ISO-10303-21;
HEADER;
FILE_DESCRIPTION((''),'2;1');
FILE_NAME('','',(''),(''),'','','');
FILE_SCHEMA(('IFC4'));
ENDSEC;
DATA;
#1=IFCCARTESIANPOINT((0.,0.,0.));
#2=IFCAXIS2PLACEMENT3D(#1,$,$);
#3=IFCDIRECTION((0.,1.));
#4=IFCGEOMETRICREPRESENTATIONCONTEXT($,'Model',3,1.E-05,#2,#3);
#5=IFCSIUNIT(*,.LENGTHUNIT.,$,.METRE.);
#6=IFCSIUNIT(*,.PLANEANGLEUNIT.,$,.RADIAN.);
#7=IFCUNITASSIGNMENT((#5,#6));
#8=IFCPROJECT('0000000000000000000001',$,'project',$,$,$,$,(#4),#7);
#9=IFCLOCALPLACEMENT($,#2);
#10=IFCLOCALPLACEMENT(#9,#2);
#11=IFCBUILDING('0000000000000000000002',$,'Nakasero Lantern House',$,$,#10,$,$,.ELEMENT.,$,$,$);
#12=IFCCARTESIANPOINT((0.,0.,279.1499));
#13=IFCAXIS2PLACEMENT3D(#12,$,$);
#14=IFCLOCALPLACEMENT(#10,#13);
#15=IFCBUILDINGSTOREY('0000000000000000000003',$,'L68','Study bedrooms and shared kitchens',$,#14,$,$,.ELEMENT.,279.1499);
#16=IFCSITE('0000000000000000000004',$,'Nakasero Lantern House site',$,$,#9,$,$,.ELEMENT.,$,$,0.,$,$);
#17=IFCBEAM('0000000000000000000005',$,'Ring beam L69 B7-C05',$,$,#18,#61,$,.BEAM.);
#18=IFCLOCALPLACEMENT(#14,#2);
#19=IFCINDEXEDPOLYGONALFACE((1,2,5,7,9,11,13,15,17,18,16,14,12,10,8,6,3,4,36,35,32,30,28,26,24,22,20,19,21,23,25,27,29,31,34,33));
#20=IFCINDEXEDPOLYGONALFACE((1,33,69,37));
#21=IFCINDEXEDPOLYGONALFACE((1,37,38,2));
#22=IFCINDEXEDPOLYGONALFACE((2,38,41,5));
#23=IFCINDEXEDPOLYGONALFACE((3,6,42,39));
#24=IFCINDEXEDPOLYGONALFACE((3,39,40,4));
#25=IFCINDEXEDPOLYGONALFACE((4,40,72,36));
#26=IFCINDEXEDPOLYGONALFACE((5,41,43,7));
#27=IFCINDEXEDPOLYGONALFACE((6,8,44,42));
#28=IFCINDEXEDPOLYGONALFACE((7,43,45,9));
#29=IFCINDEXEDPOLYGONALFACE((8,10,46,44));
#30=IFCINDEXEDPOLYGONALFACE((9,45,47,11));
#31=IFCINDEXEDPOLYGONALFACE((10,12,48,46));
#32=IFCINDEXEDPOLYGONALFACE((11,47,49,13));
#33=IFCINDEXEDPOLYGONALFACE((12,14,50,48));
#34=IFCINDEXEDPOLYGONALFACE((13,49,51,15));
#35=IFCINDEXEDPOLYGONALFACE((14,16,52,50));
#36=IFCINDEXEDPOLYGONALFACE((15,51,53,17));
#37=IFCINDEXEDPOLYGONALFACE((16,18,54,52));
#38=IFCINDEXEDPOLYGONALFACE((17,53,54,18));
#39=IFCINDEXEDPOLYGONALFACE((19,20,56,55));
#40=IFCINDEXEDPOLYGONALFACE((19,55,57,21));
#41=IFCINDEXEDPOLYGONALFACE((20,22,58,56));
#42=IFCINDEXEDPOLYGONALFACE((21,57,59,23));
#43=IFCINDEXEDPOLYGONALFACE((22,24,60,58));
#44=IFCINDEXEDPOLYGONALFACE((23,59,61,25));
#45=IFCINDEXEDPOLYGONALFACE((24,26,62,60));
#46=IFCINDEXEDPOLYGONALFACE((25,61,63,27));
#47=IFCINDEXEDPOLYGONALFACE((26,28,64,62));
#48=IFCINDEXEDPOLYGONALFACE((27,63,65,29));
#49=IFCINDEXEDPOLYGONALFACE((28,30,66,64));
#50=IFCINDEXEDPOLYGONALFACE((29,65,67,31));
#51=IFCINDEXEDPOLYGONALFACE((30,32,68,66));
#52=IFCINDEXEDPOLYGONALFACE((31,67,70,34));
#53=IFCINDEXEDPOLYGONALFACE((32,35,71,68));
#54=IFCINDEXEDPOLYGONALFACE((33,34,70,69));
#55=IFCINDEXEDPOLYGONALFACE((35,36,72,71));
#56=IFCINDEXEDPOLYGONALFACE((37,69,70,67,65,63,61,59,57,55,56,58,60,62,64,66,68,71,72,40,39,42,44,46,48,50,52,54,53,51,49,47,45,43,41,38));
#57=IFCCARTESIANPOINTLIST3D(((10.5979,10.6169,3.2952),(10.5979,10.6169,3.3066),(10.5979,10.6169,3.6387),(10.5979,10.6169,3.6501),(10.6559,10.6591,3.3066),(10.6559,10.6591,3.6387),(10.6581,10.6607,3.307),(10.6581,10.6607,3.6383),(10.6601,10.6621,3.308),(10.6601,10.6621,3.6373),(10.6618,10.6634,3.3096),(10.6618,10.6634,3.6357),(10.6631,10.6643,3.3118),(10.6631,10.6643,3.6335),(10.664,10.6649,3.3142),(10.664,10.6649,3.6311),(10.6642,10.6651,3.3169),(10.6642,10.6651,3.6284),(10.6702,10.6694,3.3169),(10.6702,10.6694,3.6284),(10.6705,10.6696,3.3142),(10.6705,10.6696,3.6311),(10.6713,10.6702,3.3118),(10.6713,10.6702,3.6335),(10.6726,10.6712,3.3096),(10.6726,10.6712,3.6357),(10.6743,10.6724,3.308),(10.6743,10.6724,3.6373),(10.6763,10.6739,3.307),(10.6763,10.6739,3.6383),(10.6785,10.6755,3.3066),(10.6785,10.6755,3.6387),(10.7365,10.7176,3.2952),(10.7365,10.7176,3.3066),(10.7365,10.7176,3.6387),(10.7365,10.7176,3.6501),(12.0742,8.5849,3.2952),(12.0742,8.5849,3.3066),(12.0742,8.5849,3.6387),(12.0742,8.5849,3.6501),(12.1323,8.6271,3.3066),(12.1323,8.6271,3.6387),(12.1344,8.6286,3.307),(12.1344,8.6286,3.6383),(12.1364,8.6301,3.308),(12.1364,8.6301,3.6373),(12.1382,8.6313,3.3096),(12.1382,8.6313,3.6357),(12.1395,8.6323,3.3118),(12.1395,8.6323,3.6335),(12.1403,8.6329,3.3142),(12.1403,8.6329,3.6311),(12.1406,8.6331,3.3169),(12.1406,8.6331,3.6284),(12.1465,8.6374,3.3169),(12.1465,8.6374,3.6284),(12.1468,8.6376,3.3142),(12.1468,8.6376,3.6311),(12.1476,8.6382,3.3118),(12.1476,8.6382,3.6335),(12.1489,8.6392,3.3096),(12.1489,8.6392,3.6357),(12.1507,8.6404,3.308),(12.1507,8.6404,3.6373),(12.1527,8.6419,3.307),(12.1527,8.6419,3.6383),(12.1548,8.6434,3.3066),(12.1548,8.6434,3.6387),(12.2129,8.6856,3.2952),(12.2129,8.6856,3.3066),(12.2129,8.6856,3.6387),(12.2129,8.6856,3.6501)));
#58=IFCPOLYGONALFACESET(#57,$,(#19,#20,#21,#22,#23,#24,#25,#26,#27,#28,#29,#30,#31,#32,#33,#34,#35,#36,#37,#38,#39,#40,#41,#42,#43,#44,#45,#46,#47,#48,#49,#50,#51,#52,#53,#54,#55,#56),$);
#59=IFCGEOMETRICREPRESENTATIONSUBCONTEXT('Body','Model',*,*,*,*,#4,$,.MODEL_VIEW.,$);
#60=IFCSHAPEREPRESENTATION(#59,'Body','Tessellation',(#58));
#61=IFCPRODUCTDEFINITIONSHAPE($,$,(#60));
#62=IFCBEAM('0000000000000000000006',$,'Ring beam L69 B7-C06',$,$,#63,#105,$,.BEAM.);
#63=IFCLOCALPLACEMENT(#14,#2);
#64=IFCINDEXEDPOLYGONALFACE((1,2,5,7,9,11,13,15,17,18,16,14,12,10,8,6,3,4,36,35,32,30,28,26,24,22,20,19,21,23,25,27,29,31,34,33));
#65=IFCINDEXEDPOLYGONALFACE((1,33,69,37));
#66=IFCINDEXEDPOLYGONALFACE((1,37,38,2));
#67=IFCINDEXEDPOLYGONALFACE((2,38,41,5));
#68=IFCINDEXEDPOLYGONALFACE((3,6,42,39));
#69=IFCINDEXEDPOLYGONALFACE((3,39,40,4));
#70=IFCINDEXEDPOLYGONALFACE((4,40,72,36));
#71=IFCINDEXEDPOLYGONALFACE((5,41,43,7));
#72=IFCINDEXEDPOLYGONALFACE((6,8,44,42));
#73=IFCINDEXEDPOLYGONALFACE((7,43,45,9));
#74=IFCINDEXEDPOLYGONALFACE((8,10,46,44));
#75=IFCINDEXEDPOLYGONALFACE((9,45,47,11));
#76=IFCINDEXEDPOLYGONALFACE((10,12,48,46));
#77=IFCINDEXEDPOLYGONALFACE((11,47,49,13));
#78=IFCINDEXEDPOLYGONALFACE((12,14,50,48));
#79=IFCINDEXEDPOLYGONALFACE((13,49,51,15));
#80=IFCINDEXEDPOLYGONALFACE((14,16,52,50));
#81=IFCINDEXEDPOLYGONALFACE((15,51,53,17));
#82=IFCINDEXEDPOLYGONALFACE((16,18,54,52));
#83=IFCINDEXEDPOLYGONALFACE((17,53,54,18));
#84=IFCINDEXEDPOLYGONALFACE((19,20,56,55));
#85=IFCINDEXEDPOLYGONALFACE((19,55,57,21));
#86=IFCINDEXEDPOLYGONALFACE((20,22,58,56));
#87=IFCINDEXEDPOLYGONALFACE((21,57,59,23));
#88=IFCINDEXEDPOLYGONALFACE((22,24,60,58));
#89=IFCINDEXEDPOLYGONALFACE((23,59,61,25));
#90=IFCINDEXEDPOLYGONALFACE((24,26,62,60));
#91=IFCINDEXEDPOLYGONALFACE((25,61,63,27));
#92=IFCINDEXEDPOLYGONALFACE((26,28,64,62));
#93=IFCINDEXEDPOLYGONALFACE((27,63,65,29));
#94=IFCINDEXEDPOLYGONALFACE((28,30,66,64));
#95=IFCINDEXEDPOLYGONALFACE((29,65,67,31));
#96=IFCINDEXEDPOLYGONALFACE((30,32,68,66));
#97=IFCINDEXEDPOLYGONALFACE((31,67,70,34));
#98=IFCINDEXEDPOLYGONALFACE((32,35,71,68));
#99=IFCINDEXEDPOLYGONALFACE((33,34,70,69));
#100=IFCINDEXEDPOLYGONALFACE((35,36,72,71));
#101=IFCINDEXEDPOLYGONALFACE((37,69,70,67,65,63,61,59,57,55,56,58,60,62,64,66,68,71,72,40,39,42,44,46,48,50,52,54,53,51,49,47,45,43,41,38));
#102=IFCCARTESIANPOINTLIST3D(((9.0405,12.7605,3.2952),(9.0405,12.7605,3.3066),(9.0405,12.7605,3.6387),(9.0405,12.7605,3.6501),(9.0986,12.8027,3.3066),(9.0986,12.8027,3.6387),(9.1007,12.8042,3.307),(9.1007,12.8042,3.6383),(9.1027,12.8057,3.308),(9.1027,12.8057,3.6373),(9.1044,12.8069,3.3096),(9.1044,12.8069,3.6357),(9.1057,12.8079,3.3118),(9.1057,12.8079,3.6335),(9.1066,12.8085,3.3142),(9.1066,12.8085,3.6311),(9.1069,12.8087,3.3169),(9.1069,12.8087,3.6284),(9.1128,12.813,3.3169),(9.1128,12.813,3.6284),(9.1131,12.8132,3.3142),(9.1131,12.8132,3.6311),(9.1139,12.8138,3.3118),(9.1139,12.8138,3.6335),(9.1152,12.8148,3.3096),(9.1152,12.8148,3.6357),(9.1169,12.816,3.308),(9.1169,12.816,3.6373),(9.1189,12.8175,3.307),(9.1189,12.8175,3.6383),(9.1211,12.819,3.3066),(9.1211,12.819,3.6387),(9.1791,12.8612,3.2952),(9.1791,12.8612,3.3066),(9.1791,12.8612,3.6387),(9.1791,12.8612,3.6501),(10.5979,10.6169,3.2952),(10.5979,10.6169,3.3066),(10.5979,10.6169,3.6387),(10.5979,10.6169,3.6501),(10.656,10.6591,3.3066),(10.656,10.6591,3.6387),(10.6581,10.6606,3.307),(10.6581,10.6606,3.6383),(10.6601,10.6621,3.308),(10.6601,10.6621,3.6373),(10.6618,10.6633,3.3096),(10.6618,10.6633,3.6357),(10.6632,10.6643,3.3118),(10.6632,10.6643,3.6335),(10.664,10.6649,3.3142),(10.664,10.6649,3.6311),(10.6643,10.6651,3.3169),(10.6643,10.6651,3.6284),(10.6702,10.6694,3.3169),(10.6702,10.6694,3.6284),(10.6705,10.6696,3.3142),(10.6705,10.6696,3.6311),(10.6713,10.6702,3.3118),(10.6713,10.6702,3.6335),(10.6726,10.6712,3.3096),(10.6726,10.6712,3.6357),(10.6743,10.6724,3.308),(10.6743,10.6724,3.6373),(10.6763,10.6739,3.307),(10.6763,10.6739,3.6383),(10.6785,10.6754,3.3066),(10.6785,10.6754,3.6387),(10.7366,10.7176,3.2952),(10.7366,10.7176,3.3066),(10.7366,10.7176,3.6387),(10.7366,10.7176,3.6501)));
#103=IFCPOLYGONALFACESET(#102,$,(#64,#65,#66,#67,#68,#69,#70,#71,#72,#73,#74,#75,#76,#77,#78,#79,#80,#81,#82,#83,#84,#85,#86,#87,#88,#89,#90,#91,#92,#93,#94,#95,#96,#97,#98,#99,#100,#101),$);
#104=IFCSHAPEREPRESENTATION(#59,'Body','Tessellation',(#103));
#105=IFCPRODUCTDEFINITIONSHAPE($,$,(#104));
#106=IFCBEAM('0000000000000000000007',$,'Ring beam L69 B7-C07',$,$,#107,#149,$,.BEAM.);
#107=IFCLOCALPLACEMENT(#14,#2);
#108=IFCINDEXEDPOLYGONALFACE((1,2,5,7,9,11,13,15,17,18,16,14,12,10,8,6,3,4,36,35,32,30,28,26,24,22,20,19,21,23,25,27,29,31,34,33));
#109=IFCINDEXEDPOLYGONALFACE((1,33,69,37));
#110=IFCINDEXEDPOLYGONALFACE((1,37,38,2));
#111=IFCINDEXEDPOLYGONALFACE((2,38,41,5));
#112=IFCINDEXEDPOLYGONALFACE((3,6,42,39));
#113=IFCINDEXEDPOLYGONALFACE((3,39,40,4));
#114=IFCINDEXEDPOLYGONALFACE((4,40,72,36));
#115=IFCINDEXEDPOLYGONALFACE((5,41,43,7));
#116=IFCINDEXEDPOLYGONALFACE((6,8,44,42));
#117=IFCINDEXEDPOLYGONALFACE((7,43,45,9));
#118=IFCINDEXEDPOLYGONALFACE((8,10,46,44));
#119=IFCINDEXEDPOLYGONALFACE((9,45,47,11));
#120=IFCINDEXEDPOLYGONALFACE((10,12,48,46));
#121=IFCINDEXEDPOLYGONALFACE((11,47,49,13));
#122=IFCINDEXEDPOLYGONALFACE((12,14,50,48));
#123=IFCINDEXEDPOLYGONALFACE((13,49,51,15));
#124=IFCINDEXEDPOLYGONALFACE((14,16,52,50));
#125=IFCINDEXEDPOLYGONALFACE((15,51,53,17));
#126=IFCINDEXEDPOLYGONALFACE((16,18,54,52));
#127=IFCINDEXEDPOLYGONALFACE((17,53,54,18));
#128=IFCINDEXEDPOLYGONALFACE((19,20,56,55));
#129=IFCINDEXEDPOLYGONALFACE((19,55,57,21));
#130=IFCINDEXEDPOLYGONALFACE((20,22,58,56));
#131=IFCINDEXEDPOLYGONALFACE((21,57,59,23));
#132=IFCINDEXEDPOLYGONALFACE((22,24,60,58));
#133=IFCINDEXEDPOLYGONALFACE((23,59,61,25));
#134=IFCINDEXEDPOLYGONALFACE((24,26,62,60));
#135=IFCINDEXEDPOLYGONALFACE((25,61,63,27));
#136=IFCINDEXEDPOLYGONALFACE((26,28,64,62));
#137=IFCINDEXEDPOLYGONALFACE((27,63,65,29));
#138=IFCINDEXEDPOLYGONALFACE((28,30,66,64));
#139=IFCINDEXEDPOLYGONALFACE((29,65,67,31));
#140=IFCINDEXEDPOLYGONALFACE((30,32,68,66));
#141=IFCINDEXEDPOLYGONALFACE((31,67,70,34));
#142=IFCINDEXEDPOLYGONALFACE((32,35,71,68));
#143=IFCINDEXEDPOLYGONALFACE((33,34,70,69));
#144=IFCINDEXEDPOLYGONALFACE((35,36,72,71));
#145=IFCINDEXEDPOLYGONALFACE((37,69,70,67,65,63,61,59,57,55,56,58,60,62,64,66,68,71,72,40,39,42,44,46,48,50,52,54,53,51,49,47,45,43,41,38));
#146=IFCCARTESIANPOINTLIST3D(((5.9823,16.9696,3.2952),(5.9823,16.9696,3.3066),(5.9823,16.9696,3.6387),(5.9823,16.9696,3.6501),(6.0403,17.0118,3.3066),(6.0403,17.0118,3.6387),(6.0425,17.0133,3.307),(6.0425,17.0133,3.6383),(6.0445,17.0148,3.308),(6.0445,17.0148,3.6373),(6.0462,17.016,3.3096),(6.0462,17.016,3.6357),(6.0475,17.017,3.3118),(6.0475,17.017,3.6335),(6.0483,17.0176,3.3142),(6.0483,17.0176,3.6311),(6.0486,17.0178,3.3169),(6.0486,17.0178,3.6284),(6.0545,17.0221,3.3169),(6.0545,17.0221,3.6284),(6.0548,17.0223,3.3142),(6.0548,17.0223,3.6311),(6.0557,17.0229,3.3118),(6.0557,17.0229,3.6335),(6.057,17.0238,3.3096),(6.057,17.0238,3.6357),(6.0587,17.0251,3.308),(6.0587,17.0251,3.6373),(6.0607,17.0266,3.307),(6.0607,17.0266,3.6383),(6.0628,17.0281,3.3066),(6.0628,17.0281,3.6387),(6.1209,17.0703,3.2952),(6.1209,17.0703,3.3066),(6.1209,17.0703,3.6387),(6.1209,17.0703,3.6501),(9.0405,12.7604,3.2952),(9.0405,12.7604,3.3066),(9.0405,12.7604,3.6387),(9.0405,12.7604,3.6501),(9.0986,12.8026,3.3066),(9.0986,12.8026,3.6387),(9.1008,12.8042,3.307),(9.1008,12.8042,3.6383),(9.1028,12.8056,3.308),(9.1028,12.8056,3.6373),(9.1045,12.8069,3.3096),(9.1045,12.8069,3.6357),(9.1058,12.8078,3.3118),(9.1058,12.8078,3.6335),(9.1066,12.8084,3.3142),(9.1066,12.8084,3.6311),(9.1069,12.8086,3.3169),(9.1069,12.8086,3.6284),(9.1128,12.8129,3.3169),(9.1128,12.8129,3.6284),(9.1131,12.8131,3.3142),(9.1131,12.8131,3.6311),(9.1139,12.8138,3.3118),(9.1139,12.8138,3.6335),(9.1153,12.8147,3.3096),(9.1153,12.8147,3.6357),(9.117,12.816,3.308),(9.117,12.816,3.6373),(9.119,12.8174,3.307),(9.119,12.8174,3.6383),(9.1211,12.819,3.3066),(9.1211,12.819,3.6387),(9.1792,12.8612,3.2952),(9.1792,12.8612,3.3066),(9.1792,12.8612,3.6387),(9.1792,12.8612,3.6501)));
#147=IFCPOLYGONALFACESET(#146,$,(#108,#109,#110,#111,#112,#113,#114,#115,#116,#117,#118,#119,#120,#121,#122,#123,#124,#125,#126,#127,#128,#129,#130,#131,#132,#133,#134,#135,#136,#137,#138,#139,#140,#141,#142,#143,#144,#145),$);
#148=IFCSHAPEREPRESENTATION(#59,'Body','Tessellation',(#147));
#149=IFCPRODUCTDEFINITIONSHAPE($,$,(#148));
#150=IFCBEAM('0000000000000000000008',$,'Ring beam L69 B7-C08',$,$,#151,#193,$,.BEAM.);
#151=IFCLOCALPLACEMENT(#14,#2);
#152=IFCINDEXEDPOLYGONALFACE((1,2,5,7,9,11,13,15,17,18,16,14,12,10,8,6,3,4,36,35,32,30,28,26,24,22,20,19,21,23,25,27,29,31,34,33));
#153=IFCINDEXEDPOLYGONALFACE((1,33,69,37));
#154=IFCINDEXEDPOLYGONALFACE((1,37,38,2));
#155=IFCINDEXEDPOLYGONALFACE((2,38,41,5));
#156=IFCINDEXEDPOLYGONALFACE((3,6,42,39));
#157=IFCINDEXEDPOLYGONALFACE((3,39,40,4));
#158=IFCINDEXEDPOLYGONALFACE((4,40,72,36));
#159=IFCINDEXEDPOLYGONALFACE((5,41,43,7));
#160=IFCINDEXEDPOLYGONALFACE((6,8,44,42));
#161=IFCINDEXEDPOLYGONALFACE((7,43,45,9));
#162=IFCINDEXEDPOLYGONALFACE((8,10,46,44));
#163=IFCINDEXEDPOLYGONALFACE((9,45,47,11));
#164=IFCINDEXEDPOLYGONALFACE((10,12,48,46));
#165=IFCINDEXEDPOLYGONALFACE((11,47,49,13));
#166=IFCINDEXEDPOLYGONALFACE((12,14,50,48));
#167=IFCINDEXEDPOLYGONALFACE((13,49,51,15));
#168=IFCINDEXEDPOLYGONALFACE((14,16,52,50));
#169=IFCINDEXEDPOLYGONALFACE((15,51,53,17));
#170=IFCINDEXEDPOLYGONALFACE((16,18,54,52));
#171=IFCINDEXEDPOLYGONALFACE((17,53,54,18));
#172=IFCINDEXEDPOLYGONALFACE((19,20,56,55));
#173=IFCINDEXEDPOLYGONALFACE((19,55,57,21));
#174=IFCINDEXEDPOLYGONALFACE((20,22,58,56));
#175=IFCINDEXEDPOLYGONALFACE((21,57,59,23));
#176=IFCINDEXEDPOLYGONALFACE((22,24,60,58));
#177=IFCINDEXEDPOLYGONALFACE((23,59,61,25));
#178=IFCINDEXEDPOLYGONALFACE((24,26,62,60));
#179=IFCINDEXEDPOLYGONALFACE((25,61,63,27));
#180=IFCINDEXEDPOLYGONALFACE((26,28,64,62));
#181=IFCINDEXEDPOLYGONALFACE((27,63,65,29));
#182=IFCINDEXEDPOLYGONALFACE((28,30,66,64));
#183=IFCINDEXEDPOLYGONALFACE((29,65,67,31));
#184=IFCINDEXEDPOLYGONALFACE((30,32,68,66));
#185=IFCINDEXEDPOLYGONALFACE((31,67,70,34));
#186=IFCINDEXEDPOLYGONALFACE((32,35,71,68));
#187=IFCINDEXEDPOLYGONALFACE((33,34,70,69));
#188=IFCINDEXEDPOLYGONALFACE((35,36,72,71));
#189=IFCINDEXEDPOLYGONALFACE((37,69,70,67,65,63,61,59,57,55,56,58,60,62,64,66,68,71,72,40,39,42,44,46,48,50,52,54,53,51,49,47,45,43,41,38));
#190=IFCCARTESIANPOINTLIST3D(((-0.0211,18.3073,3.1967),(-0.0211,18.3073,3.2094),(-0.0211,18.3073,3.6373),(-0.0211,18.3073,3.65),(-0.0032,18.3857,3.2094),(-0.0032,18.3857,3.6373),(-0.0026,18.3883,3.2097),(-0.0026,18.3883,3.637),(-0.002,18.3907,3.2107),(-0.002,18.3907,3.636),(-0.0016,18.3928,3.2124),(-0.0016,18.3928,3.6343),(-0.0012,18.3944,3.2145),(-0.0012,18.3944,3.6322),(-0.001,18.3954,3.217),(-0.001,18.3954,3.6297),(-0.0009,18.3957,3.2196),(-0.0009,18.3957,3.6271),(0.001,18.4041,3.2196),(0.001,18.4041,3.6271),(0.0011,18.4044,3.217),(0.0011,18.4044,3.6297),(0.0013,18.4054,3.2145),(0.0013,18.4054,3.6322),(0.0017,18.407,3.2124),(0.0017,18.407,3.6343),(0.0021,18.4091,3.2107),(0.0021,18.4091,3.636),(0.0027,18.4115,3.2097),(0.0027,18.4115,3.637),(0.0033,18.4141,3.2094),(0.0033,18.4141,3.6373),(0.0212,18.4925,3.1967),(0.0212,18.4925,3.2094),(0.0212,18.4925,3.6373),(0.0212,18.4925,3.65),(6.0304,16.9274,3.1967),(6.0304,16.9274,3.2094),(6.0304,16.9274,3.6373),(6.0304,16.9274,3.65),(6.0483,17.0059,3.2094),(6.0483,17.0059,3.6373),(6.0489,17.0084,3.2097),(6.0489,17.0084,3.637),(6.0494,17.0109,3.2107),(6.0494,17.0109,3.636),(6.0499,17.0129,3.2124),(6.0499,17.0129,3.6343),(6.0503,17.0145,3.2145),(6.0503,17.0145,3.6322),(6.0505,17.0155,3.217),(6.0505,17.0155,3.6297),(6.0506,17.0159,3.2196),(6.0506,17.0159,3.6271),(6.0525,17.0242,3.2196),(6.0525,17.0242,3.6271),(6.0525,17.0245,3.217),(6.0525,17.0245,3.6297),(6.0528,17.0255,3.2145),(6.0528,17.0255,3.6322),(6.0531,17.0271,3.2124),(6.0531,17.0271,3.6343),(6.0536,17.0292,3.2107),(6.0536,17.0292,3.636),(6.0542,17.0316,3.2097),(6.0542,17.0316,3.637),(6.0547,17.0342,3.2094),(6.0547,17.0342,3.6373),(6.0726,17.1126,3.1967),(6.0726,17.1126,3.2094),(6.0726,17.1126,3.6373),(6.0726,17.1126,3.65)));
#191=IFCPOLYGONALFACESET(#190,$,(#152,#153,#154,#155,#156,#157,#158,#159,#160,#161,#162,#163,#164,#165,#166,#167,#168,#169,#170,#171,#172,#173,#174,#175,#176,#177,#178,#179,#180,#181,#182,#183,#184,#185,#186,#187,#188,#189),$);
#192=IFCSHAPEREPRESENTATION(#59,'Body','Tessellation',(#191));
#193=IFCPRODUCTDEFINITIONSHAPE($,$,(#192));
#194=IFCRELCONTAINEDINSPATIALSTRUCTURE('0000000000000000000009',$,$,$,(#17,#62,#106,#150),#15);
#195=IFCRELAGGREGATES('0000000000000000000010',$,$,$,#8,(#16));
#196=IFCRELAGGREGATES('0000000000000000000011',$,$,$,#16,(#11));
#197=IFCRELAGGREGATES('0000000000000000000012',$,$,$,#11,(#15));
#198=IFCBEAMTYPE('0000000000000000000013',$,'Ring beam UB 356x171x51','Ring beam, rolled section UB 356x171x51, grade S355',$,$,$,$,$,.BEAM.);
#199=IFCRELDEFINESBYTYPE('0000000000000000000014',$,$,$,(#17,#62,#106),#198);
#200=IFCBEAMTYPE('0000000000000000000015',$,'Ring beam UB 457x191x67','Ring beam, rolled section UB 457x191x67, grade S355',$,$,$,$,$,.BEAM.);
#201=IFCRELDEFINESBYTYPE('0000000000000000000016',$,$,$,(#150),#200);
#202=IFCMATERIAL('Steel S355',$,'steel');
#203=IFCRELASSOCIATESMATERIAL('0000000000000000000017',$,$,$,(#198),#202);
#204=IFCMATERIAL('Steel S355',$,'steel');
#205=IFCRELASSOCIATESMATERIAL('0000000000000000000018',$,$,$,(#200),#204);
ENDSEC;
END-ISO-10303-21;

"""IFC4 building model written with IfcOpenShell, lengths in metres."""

from ifc_helpers import new_model, si_unit, direction, frame, origin, origin_2d, place, context, subcontext, project, spatial, i_section, extrude, material, material_profile, profile_set, type_object, element, save


model = new_model("IFC4")

# Units and contexts
model_context = context("Model", 3, precision=1e-05, world=origin(), true_north=direction((0.0, 1.0)))
body_context = subcontext(model_context, "Body", "Model", "MODEL_VIEW")
ifc_project = project(units=[si_unit("LENGTHUNIT", "METRE"), si_unit("PLANEANGLEUNIT", "RADIAN")], contexts=[model_context])

# Site, building, storey
site_placement = place(None, origin())
site = spatial("IfcSite", under=ifc_project, at=site_placement, Name="Nakasero Lantern House site", CompositionType="ELEMENT", RefElevation=0.0)
building_placement = place(site_placement, origin())
building = spatial("IfcBuilding", under=site, at=building_placement, Name="Nakasero Lantern House", CompositionType="ELEMENT")
storey_placement = place(building_placement, frame((0.0, 0.0, 279.1499)))
storey = spatial("IfcBuildingStorey", under=building, at=storey_placement, Name="L68", Description="Study bedrooms and shared kitchens", CompositionType="ELEMENT", Elevation=279.1499)

# Beams
ifc_material_1 = material(Name="Steel S355", Category="steel")
ifc_material_profile_1 = material_profile(ifc_material_1, i_section(OverallWidth=0.1714, OverallDepth=0.355, WebThickness=0.0073, FlangeThickness=0.0115, FilletRadius=0.0103, at=origin_2d()), Name="UB 356x171x51")
ifc_profile_set_1 = profile_set([ifc_material_profile_1], Name="Steel S355")
beam_type_1 = type_object("IfcBeamType", Name="Ring beam UB 356x171x51", Description="Ring beam, rolled section UB 356x171x51, grade S355", PredefinedType="BEAM", material=ifc_profile_set_1)
beam_1_placement = place(storey_placement, frame((12.1436, 8.6353, 3.4727), z_axis=(-0.587784, 0.809018, 0.0), x_axis=(-0.809018, -0.587784, 0.0)))
element("IfcBeam", 1, at=beam_1_placement, inside=storey, type_object=beam_type_1, Name="Ring beam L69 B7-C05", PredefinedType="BEAM", context=body_context, shape_type="SweptSolid", body=[
    extrude(i_section(OverallWidth=0.1714, OverallDepth=0.355, WebThickness=0.0073, FlangeThickness=0.0115, FilletRadius=0.0103, at=origin_2d()), origin(), (0.0, 0.0, 1.0), 2.5117),
])
beam_2_placement = place(storey_placement, frame((10.6672, 10.6672, 3.4727), z_axis=(-0.587783, 0.809019, 0.0), x_axis=(-0.809019, -0.587783, 0.0)))
element("IfcBeam", 2, at=beam_2_placement, inside=storey, type_object=beam_type_1, Name="Ring beam L69 B7-C06", PredefinedType="BEAM", context=body_context, shape_type="SweptSolid", body=[
    extrude(i_section(OverallWidth=0.1714, OverallDepth=0.355, WebThickness=0.0073, FlangeThickness=0.0115, FilletRadius=0.0103, at=origin_2d()), origin(), (0.0, 0.0, 1.0), 2.6497),
])
beam_3_placement = place(storey_placement, frame((9.1099, 12.8108, 3.4727), z_axis=(-0.587806, 0.809002, 0.0), x_axis=(-0.809002, -0.587806, 0.0)))
element("IfcBeam", 3, at=beam_3_placement, inside=storey, type_object=beam_type_1, Name="Ring beam L69 B7-C07", PredefinedType="BEAM", context=body_context, shape_type="SweptSolid", body=[
    extrude(i_section(OverallWidth=0.1714, OverallDepth=0.355, WebThickness=0.0073, FlangeThickness=0.0115, FilletRadius=0.0103, at=origin_2d()), origin(), (0.0, 0.0, 1.0), 5.2029),
])
ifc_material_2 = material(Name="Steel S355", Category="steel")
ifc_material_profile_2 = material_profile(ifc_material_2, i_section(OverallWidth=0.1899, OverallDepth=0.4534, WebThickness=0.0085, FlangeThickness=0.0127, FilletRadius=0.0103, at=origin_2d()), Name="UB 457x191x67")
ifc_profile_set_2 = profile_set([ifc_material_profile_2], Name="Steel S355")
beam_type_2 = type_object("IfcBeamType", Name="Ring beam UB 457x191x67", Description="Ring beam, rolled section UB 457x191x67, grade S355", PredefinedType="BEAM", material=ifc_profile_set_2)
beam_4_placement = place(storey_placement, frame((6.0515, 17.02, 3.4233), z_axis=(-0.974975, 0.222316, 0.0), x_axis=(-0.222316, -0.974975, 0.0)))
element("IfcBeam", 4, at=beam_4_placement, inside=storey, type_object=beam_type_2, Name="Ring beam L69 B7-C08", PredefinedType="BEAM", context=body_context, shape_type="SweptSolid", body=[
    extrude(i_section(OverallWidth=0.1899, OverallDepth=0.4534, WebThickness=0.0085, FlangeThickness=0.0127, FilletRadius=0.0103, at=origin_2d()), origin(), (0.0, 0.0, 1.0), 6.2068),
])

save(model, "model.ifc")
